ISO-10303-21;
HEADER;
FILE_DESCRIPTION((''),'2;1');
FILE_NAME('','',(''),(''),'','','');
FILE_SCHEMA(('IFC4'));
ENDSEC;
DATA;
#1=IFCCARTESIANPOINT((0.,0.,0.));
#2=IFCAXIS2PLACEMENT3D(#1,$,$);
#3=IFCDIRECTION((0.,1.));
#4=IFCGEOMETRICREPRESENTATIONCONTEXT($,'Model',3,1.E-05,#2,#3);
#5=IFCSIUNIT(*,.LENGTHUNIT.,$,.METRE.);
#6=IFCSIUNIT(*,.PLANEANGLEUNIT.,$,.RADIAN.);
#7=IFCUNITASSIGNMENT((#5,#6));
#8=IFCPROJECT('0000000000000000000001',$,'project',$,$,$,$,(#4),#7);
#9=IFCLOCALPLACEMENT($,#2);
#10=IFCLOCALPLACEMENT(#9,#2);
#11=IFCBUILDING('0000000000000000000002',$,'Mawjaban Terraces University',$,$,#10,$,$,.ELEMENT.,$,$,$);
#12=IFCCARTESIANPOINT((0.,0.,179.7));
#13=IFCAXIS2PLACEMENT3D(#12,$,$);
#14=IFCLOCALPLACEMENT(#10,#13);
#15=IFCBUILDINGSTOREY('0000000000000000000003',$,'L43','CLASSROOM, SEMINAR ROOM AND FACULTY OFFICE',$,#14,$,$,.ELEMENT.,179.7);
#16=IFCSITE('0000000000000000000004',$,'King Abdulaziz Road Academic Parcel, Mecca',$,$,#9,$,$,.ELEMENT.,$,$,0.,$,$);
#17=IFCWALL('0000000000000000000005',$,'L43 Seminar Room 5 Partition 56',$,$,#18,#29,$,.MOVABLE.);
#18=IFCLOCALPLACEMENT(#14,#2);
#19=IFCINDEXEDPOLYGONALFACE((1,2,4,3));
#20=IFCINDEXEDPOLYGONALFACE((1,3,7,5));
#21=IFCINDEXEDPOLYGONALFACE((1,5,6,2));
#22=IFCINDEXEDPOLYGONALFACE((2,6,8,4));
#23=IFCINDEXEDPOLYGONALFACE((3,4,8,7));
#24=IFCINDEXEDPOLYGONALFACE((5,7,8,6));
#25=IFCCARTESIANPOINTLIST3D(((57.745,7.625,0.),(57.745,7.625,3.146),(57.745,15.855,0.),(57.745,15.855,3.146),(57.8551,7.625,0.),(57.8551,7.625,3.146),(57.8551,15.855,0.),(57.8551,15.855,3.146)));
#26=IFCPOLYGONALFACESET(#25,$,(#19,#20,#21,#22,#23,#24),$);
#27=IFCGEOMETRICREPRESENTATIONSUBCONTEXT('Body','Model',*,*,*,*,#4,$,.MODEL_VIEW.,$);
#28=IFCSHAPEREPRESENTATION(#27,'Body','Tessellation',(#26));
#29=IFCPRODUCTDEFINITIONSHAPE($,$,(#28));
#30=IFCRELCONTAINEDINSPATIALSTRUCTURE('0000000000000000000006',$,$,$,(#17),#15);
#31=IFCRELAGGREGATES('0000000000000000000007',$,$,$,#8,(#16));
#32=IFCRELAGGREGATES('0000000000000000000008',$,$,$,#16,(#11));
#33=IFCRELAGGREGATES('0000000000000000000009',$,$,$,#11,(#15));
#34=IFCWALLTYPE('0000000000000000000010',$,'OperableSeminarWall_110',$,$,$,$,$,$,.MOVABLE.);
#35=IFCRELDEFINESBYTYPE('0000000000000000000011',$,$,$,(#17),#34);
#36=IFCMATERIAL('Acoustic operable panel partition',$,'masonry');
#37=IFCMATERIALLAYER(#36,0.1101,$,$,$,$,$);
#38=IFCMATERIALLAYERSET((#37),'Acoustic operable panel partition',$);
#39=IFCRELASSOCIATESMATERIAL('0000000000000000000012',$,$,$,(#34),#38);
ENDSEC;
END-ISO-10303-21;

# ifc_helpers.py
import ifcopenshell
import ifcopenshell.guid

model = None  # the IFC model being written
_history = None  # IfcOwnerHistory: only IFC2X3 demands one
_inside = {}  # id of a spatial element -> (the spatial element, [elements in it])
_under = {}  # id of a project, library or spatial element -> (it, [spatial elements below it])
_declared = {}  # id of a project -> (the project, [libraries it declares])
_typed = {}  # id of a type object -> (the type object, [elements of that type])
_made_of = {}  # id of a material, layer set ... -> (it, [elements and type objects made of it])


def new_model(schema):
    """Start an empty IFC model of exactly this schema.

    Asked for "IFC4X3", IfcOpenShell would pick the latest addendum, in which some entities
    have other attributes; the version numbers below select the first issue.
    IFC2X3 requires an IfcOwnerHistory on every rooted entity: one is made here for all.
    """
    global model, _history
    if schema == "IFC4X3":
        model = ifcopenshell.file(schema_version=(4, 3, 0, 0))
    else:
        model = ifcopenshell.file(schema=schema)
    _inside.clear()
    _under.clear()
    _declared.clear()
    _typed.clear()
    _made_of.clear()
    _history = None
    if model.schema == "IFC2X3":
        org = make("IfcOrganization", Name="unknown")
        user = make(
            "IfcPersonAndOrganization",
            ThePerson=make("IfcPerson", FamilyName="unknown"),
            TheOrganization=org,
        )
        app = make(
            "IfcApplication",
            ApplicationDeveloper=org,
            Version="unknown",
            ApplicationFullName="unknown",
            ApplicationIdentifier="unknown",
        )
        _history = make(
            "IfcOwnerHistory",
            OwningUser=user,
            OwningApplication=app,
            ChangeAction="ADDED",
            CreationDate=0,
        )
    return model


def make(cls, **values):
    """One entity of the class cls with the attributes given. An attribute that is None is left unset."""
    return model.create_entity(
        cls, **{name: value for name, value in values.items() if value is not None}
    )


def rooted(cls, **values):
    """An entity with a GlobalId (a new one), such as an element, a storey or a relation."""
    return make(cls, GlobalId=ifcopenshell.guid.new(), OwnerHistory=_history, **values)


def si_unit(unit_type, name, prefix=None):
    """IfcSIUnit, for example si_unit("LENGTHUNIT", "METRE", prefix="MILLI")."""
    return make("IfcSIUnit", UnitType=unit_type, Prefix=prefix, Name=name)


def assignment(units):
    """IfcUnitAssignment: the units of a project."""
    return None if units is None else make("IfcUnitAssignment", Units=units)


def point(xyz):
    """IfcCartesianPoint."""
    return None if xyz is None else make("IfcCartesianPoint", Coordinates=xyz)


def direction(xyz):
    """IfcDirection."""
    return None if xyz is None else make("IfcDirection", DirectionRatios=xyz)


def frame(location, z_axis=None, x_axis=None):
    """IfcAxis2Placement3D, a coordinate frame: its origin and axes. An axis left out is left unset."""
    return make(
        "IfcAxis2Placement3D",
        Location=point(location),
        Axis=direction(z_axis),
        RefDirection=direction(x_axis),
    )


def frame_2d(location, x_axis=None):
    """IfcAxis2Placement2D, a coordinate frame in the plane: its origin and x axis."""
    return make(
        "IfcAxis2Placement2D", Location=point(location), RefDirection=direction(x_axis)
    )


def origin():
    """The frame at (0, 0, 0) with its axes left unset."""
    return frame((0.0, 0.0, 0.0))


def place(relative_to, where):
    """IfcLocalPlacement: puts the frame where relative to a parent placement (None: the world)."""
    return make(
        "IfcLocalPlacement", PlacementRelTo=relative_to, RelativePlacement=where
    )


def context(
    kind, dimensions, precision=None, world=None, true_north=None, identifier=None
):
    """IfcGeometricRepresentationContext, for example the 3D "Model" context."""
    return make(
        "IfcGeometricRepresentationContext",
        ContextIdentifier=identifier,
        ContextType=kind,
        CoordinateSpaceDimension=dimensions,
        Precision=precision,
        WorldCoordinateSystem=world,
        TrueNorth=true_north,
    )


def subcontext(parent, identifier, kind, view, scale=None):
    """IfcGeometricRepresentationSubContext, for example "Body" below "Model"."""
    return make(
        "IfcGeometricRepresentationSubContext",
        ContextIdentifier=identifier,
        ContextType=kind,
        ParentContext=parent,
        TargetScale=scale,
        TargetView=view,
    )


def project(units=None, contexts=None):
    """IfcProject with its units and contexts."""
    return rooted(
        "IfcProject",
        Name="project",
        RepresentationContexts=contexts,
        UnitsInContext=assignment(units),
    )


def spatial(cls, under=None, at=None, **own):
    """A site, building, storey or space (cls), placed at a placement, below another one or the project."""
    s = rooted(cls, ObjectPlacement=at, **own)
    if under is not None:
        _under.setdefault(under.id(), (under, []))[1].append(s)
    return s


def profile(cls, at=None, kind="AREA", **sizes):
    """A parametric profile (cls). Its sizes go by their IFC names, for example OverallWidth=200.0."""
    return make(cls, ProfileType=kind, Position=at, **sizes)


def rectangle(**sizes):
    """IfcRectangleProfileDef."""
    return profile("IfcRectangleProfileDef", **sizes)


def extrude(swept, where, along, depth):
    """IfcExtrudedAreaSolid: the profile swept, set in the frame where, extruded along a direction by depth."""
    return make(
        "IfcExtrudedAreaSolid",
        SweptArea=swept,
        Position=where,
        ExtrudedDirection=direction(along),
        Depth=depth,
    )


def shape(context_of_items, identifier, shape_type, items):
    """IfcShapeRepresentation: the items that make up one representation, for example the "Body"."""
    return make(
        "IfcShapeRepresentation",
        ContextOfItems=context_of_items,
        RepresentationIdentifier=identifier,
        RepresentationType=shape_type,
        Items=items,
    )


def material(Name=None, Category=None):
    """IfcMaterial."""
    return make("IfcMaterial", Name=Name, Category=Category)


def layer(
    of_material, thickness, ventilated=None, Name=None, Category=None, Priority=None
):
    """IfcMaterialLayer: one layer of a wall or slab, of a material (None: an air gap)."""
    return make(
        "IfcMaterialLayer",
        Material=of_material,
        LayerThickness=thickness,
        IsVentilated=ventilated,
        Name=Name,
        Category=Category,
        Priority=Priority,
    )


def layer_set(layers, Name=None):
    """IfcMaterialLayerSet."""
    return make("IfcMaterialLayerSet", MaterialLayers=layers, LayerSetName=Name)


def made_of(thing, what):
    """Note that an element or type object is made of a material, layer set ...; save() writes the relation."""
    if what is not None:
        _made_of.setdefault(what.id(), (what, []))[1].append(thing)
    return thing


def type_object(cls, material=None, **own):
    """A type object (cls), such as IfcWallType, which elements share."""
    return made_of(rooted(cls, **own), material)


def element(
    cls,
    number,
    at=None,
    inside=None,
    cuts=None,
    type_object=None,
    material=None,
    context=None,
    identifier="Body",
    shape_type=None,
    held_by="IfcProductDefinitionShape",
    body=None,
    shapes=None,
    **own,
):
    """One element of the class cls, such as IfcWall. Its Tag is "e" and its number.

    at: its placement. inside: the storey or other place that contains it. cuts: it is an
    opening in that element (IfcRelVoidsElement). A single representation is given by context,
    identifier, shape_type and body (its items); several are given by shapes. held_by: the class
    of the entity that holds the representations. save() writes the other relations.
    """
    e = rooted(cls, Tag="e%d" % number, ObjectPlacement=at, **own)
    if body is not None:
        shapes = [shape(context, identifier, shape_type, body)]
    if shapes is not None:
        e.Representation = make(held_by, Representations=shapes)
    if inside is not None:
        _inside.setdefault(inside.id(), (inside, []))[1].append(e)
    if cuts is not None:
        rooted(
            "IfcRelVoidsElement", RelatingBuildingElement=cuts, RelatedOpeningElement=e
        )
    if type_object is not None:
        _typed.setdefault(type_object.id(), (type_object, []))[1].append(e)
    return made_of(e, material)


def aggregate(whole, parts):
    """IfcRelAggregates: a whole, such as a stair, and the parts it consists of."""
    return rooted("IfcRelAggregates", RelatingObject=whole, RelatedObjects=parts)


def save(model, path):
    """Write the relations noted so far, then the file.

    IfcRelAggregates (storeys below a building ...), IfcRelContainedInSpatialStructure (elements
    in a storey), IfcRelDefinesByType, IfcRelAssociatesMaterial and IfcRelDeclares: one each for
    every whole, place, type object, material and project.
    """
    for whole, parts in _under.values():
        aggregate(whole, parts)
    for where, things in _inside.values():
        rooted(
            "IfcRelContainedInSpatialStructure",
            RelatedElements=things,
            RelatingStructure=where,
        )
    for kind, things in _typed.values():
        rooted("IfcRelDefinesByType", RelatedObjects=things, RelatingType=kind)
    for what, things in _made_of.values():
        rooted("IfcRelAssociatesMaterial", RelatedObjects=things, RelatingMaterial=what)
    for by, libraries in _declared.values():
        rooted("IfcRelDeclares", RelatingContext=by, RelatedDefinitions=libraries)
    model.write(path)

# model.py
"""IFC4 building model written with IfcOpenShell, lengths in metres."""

from ifc_helpers import new_model, si_unit, direction, frame, frame_2d, origin, place, context, subcontext, project, spatial, rectangle, extrude, material, layer, layer_set, type_object, element, save


model = new_model("IFC4")

# Units and contexts
model_context = context("Model", 3, precision=1e-05, world=origin(), true_north=direction((0.0, 1.0)))
body_context = subcontext(model_context, "Body", "Model", "MODEL_VIEW")
ifc_project = project(units=[si_unit("LENGTHUNIT", "METRE"), si_unit("PLANEANGLEUNIT", "RADIAN")], contexts=[model_context])

# Site, building, storey
site_placement = place(None, origin())
site = spatial("IfcSite", under=ifc_project, at=site_placement, Name="King Abdulaziz Road Academic Parcel, Mecca", CompositionType="ELEMENT", RefElevation=0.0)
building_placement = place(site_placement, origin())
building = spatial("IfcBuilding", under=site, at=building_placement, Name="Mawjaban Terraces University", CompositionType="ELEMENT")
storey_placement = place(building_placement, frame((0.0, 0.0, 179.7)))
storey = spatial("IfcBuildingStorey", under=building, at=storey_placement, Name="L43", Description="CLASSROOM, SEMINAR ROOM AND FACULTY OFFICE", CompositionType="ELEMENT", Elevation=179.7)

# Wall
ifc_material_1 = material(Name="Acoustic operable panel partition", Category="masonry")
ifc_layer_1 = layer(ifc_material_1, 0.1101)
ifc_layer_set_1 = layer_set([ifc_layer_1], Name="Acoustic operable panel partition")
wall_type_1 = type_object("IfcWallType", Name="OperableSeminarWall_110", PredefinedType="MOVABLE", material=ifc_layer_set_1)
wall_1_placement = place(storey_placement, frame((57.8, 7.625, 0.0), z_axis=(0.0, 0.0, 1.0), x_axis=(0.0, 1.0, 0.0)))
element("IfcWall", 1, at=wall_1_placement, inside=storey, type_object=wall_type_1, Name="L43 Seminar Room 5 Partition 56", PredefinedType="MOVABLE", context=body_context, shape_type="SweptSolid", body=[
    extrude(rectangle(XDim=8.23, YDim=0.1101, at=frame_2d((4.115, 0.0))), origin(), (0.0, 0.0, 1.0), 3.146),
])

save(model, "model.ifc")
